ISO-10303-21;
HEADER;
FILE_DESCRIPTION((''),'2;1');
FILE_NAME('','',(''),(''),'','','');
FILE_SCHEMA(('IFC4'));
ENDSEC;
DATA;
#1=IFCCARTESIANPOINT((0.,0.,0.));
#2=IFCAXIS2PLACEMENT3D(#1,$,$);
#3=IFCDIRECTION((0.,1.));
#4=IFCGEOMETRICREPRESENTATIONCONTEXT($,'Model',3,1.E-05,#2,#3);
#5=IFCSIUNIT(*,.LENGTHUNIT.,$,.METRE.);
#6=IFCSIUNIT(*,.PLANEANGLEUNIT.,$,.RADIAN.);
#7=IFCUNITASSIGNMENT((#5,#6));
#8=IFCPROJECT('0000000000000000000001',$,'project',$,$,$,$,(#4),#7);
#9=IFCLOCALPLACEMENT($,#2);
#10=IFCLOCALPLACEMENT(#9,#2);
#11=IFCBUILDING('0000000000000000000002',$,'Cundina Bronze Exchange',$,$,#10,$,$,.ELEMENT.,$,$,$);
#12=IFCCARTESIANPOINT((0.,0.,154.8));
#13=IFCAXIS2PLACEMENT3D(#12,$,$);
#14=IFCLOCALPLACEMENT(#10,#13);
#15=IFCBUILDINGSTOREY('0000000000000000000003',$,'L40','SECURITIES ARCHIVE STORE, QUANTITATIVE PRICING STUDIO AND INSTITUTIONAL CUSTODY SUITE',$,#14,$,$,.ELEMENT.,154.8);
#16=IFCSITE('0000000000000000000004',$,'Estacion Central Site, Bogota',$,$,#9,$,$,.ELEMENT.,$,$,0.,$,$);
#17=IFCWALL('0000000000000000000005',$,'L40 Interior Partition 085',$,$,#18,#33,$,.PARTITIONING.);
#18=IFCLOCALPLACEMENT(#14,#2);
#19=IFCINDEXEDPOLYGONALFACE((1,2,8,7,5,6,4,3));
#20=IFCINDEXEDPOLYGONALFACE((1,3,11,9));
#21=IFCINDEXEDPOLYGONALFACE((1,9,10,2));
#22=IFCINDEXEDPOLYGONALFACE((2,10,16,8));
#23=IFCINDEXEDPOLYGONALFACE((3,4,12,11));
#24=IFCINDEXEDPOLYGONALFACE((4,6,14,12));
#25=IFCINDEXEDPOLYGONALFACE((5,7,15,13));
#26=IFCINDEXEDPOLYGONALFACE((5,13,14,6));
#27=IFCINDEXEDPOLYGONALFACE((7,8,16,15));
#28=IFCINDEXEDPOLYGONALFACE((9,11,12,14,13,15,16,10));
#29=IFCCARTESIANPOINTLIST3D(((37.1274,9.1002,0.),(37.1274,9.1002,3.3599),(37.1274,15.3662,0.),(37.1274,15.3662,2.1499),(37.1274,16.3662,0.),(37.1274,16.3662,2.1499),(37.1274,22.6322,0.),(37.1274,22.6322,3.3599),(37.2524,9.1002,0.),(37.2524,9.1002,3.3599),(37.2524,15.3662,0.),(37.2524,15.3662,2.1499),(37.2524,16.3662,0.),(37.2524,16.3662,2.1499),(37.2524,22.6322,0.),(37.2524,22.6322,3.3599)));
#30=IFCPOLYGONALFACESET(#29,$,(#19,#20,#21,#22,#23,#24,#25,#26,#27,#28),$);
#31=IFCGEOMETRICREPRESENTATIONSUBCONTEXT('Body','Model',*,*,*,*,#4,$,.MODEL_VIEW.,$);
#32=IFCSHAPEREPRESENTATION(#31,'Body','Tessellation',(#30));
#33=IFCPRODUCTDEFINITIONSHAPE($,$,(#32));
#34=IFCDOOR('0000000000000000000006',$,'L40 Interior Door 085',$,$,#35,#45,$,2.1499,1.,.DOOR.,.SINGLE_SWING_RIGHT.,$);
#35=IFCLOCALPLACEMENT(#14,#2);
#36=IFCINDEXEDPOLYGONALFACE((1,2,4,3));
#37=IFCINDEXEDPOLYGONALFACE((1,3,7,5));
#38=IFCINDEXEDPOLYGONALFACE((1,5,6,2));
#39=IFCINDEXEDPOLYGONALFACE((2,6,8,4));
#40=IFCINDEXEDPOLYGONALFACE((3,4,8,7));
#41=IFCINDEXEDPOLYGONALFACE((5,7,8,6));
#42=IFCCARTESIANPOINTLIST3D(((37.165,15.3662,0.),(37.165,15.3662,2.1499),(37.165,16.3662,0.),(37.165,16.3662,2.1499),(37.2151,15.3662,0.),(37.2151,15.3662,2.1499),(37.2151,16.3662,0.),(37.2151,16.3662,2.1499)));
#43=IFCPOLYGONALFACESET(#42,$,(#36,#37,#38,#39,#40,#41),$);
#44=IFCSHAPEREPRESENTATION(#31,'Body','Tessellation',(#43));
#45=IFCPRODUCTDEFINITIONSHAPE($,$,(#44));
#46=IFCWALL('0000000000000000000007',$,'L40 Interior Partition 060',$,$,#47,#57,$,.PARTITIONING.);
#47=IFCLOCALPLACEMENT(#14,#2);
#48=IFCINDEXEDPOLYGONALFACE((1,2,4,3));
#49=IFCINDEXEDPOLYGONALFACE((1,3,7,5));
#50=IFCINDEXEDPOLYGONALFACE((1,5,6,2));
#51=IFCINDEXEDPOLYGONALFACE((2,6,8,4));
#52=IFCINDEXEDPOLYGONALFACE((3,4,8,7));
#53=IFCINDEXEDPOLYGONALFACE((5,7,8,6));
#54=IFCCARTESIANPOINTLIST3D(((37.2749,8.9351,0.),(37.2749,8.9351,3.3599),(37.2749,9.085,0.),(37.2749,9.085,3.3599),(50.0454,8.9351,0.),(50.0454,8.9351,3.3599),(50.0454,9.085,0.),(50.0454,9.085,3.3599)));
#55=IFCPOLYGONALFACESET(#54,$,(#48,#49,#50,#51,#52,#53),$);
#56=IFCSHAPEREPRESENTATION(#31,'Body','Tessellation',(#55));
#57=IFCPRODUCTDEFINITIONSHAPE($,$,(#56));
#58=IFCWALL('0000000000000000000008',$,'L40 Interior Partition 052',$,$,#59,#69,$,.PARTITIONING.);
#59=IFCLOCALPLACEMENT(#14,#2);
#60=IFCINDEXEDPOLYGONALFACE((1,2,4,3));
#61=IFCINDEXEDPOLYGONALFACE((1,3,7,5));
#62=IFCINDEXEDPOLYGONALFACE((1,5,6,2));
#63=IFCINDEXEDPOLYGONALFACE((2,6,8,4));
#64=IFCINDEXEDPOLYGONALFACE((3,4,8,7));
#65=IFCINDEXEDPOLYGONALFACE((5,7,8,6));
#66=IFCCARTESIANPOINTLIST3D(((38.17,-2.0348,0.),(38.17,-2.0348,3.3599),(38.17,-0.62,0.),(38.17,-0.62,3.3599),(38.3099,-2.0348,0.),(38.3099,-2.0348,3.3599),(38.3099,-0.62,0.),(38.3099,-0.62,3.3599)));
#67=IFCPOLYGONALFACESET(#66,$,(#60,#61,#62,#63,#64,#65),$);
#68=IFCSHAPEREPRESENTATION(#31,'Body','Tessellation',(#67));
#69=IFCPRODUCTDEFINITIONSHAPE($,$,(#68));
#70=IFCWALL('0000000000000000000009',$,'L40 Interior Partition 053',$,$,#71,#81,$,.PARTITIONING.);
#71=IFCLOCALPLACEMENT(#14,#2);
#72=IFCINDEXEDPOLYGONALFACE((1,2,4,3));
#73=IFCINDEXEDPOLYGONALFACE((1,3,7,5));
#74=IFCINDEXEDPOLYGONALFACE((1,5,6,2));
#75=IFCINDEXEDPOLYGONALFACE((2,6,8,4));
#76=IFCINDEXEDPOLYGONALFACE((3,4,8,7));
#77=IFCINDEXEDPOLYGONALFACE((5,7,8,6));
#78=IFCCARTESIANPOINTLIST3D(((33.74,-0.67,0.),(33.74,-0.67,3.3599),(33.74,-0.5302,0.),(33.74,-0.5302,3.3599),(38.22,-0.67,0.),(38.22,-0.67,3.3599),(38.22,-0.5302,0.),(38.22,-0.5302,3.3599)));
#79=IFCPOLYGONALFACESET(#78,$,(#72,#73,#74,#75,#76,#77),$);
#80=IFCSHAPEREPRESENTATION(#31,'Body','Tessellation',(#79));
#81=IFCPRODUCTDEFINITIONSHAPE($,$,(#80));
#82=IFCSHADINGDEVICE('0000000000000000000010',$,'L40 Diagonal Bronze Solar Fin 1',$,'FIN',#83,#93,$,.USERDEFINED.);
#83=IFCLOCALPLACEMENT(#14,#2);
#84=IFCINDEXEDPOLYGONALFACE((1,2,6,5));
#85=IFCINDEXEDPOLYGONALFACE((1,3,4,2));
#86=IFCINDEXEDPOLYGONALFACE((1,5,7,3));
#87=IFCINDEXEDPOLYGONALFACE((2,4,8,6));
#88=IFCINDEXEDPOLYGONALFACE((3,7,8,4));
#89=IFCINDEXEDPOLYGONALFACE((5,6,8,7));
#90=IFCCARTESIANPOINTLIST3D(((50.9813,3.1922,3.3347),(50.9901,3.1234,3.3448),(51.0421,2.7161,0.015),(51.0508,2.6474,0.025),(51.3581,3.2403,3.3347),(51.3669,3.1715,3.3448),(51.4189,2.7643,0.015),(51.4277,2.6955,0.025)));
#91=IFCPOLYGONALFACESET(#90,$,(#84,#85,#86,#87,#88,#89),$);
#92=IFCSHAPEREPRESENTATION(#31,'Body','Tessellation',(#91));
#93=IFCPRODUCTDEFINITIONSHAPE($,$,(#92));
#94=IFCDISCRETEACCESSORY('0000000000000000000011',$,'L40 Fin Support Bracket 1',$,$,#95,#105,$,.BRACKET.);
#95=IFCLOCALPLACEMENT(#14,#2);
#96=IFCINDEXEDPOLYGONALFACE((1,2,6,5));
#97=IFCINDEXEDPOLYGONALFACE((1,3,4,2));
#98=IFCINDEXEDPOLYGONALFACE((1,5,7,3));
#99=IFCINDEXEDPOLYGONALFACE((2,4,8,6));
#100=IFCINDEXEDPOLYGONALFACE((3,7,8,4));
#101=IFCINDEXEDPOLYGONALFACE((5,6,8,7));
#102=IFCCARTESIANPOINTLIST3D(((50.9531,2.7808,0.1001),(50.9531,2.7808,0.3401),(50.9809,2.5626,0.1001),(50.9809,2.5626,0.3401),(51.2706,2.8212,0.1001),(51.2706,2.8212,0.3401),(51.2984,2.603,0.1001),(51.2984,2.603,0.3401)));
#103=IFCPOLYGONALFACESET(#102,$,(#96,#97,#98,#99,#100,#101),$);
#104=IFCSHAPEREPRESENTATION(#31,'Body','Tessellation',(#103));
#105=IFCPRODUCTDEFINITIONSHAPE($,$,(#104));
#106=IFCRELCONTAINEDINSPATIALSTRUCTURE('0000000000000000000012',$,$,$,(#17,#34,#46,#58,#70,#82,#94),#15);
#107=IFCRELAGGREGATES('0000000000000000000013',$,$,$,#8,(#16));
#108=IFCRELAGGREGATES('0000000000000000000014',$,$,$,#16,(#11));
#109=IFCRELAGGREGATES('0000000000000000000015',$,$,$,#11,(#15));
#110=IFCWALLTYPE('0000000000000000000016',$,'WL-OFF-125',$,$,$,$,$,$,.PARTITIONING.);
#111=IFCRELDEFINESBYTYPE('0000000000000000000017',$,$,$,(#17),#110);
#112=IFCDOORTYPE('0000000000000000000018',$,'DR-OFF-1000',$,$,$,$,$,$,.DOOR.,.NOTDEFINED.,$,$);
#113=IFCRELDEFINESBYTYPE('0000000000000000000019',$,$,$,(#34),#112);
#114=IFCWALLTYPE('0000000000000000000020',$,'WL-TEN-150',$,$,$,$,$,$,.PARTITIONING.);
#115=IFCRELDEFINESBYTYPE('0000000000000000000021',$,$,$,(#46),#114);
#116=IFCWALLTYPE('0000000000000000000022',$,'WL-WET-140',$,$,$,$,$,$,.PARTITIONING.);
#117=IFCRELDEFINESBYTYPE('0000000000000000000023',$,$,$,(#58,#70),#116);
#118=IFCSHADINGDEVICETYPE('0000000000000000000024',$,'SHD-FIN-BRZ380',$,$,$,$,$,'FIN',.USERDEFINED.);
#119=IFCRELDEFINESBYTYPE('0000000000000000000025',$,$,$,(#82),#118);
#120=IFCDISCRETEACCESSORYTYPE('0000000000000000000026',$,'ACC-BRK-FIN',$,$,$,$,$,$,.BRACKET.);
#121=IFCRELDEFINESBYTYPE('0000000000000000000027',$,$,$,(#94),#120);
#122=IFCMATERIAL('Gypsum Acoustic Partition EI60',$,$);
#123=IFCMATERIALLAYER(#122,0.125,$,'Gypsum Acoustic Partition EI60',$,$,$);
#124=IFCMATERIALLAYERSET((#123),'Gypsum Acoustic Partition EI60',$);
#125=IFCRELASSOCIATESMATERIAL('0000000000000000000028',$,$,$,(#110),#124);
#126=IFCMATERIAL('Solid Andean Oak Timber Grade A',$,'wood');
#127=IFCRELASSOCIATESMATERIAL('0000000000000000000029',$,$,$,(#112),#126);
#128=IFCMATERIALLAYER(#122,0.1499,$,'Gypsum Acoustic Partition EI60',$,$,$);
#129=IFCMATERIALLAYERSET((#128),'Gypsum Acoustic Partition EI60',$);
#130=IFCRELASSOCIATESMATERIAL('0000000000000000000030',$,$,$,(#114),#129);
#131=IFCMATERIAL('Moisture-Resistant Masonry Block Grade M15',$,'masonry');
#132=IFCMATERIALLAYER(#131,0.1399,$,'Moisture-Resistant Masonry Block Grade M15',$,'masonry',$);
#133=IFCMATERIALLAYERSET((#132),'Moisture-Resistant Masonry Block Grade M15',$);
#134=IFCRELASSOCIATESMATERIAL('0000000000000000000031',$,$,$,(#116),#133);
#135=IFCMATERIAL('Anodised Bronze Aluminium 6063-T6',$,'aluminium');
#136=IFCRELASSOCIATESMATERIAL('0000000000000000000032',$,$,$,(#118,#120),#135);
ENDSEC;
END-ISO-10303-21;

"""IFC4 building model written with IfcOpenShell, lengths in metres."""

from ifc_helpers import new_model, si_unit, direction, frame, frame_2d, origin, origin_2d, place, context, subcontext, project, spatial, rectangle, extrude, material, layer, layer_set, material_profile, profile_set, type_object, element, fill, save


model = new_model("IFC4")

# Units and contexts
model_context = context("Model", 3, precision=1e-05, world=origin(), true_north=direction((0.0, 1.0)))
body_context = subcontext(model_context, "Body", "Model", "MODEL_VIEW")
ifc_project = project(units=[si_unit("LENGTHUNIT", "METRE"), si_unit("PLANEANGLEUNIT", "RADIAN")], contexts=[model_context])

# Site, building, storey
site_placement = place(None, origin())
site = spatial("IfcSite", under=ifc_project, at=site_placement, Name="Estacion Central Site, Bogota", CompositionType="ELEMENT", RefElevation=0.0)
building_placement = place(site_placement, origin())
building = spatial("IfcBuilding", under=site, at=building_placement, Name="Cundina Bronze Exchange", CompositionType="ELEMENT")
storey_placement = place(building_placement, frame((0.0, 0.0, 154.8)))
storey = spatial("IfcBuildingStorey", under=building, at=storey_placement, Name="L40", Description="SECURITIES ARCHIVE STORE, QUANTITATIVE PRICING STUDIO AND INSTITUTIONAL CUSTODY SUITE", CompositionType="ELEMENT", Elevation=154.8)

# Shared definitions
ifc_material_1 = material(Name="Anodised Bronze Aluminium 6063-T6", Category="aluminium")

# Wall, opening, door
ifc_material_2 = material(Name="Gypsum Acoustic Partition EI60")
ifc_layer_1 = layer(ifc_material_2, 0.125, Name="Gypsum Acoustic Partition EI60")
ifc_layer_set_1 = layer_set([ifc_layer_1], Name="Gypsum Acoustic Partition EI60")
wall_type_1 = type_object("IfcWallType", Name="WL-OFF-125", PredefinedType="PARTITIONING", material=ifc_layer_set_1)
ifc_material_3 = material(Name="Solid Andean Oak Timber Grade A", Category="wood")
door_type = type_object("IfcDoorType", Name="DR-OFF-1000", OperationType="NOTDEFINED", PredefinedType="DOOR", material=ifc_material_3)
wall_1_placement = place(storey_placement, frame((37.1899, 9.1001, 0.0), z_axis=(0.0, 0.0, 1.0), x_axis=(0.0, 1.0, 0.0)))
wall_1 = element("IfcWall", 1, at=wall_1_placement, inside=storey, type_object=wall_type_1, Name="L40 Interior Partition 085", PredefinedType="PARTITIONING", context=body_context, shape_type="SweptSolid", body=[
    extrude(rectangle(XDim=13.532, YDim=0.125, at=frame_2d((6.7661, 0.0))), origin(), (0.0, 0.0, 1.0), 3.3599),
])
opening_1_placement = place(wall_1_placement, frame((6.2661, 0.0, 0.0)))
opening_1 = element("IfcOpeningElement", 2, at=opening_1_placement, cuts=wall_1, PredefinedType="OPENING", context=body_context, shape_type="SweptSolid", body=[
    extrude(rectangle(XDim=1.0, YDim=2.1499, at=frame_2d((0.5, 1.075))), frame((0.0, 0.0725, 0.0), z_axis=(0.0, -1.0, 0.0), x_axis=(1.0, 0.0, 0.0)), (0.0, 0.0, 1.0), 0.145),
])
door_1_placement = place(opening_1_placement, origin())
door_1 = element("IfcDoor", 3, at=door_1_placement, inside=storey, type_object=door_type, Name="L40 Interior Door 085", OperationType="SINGLE_SWING_RIGHT", OverallHeight=2.1499, OverallWidth=1.0, PredefinedType="DOOR", context=body_context, shape_type="SweptSolid", body=[
    extrude(rectangle(XDim=1.0, YDim=2.1499, at=frame_2d((0.5, 1.075))), frame((0.0, 0.0249, 0.0), z_axis=(0.0, -1.0, 0.0), x_axis=(1.0, 0.0, 0.0)), (0.0, 0.0, 1.0), 0.05),
])
fill(opening_1, door_1)

# Walls
ifc_layer_2 = layer(ifc_material_2, 0.1499, Name="Gypsum Acoustic Partition EI60")
ifc_layer_set_2 = layer_set([ifc_layer_2], Name="Gypsum Acoustic Partition EI60")
wall_type_2 = type_object("IfcWallType", Name="WL-TEN-150", PredefinedType="PARTITIONING", material=ifc_layer_set_2)
wall_2_placement = place(storey_placement, frame((37.2749, 9.01, 0.0), z_axis=(0.0, 0.0, 1.0), x_axis=(1.0, 0.0, 0.0)))
element("IfcWall", 4, at=wall_2_placement, inside=storey, type_object=wall_type_2, Name="L40 Interior Partition 060", PredefinedType="PARTITIONING", context=body_context, shape_type="SweptSolid", body=[
    extrude(rectangle(XDim=12.7705, YDim=0.1499, at=frame_2d((6.3853, 0.0))), origin(), (0.0, 0.0, 1.0), 3.3599),
])
ifc_material_4 = material(Name="Moisture-Resistant Masonry Block Grade M15", Category="masonry")
ifc_layer_3 = layer(ifc_material_4, 0.1399, Name="Moisture-Resistant Masonry Block Grade M15", Category="masonry")
ifc_layer_set_3 = layer_set([ifc_layer_3], Name="Moisture-Resistant Masonry Block Grade M15")
wall_type_3 = type_object("IfcWallType", Name="WL-WET-140", PredefinedType="PARTITIONING", material=ifc_layer_set_3)
wall_3_placement = place(storey_placement, frame((38.24, -2.0349, 0.0), z_axis=(0.0, 0.0, 1.0), x_axis=(0.0, 1.0, 0.0)))
element("IfcWall", 5, at=wall_3_placement, inside=storey, type_object=wall_type_3, Name="L40 Interior Partition 052", PredefinedType="PARTITIONING", context=body_context, shape_type="SweptSolid", body=[
    extrude(rectangle(XDim=1.4148, YDim=0.1399, at=frame_2d((0.7075, 0.0))), origin(), (0.0, 0.0, 1.0), 3.3599),
])
wall_4_placement = place(storey_placement, frame((33.74, -0.6001, 0.0), z_axis=(0.0, 0.0, 1.0), x_axis=(1.0, 0.0, 0.0)))
element("IfcWall", 6, at=wall_4_placement, inside=storey, type_object=wall_type_3, Name="L40 Interior Partition 053", PredefinedType="PARTITIONING", context=body_context, shape_type="SweptSolid", body=[
    extrude(rectangle(XDim=4.48, YDim=0.1399, at=frame_2d((2.24, 0.0))), origin(), (0.0, 0.0, 1.0), 3.3599),
])

# Shading device
ifc_material_profile_1 = material_profile(ifc_material_1, rectangle(XDim=0.0701, YDim=0.3799, at=origin_2d()), Name="FIN70X380", Category="aluminium")
ifc_profile_set_1 = profile_set([ifc_material_profile_1], Name="Anodised Bronze Aluminium 6063-T6")
shading_device_type = type_object("IfcShadingDeviceType", Name="SHD-FIN-BRZ380", ElementType="FIN", PredefinedType="USERDEFINED", material=ifc_profile_set_1)
shading_device_placement = place(storey_placement, frame((51.2349, 2.7058, 0.02), z_axis=(-0.018123, 0.141928, 0.989711), x_axis=(0.125361, -0.98174, 0.14308)))
element("IfcShadingDevice", 7, at=shading_device_placement, inside=storey, type_object=shading_device_type, Name="L40 Diagonal Bronze Solar Fin 1", ObjectType="FIN", PredefinedType="USERDEFINED", context=body_context, shape_type="SweptSolid", body=[
    extrude(rectangle(XDim=0.0701, YDim=0.3799, at=origin_2d()), origin(), (0.0, 0.0, 1.0), 3.3542),
])

# Discrete accessory
discrete_accessory_type = type_object("IfcDiscreteAccessoryType", Name="ACC-BRK-FIN", PredefinedType="BRACKET", material=ifc_material_1)
discrete_accessory_placement = place(storey_placement, frame((51.1257, 2.6919, 0.1001), z_axis=(0.0, 0.0, 1.0), x_axis=(-0.126476, 0.99197, 0.0)))
element("IfcDiscreteAccessory", 8, at=discrete_accessory_placement, inside=storey, type_object=discrete_accessory_type, Name="L40 Fin Support Bracket 1", PredefinedType="BRACKET", context=body_context, shape_type="SweptSolid", body=[
    extrude(rectangle(XDim=0.22, YDim=0.3201, at=origin_2d()), origin(), (0.0, 0.0, 1.0), 0.24),
])

save(model, "model.ifc")
